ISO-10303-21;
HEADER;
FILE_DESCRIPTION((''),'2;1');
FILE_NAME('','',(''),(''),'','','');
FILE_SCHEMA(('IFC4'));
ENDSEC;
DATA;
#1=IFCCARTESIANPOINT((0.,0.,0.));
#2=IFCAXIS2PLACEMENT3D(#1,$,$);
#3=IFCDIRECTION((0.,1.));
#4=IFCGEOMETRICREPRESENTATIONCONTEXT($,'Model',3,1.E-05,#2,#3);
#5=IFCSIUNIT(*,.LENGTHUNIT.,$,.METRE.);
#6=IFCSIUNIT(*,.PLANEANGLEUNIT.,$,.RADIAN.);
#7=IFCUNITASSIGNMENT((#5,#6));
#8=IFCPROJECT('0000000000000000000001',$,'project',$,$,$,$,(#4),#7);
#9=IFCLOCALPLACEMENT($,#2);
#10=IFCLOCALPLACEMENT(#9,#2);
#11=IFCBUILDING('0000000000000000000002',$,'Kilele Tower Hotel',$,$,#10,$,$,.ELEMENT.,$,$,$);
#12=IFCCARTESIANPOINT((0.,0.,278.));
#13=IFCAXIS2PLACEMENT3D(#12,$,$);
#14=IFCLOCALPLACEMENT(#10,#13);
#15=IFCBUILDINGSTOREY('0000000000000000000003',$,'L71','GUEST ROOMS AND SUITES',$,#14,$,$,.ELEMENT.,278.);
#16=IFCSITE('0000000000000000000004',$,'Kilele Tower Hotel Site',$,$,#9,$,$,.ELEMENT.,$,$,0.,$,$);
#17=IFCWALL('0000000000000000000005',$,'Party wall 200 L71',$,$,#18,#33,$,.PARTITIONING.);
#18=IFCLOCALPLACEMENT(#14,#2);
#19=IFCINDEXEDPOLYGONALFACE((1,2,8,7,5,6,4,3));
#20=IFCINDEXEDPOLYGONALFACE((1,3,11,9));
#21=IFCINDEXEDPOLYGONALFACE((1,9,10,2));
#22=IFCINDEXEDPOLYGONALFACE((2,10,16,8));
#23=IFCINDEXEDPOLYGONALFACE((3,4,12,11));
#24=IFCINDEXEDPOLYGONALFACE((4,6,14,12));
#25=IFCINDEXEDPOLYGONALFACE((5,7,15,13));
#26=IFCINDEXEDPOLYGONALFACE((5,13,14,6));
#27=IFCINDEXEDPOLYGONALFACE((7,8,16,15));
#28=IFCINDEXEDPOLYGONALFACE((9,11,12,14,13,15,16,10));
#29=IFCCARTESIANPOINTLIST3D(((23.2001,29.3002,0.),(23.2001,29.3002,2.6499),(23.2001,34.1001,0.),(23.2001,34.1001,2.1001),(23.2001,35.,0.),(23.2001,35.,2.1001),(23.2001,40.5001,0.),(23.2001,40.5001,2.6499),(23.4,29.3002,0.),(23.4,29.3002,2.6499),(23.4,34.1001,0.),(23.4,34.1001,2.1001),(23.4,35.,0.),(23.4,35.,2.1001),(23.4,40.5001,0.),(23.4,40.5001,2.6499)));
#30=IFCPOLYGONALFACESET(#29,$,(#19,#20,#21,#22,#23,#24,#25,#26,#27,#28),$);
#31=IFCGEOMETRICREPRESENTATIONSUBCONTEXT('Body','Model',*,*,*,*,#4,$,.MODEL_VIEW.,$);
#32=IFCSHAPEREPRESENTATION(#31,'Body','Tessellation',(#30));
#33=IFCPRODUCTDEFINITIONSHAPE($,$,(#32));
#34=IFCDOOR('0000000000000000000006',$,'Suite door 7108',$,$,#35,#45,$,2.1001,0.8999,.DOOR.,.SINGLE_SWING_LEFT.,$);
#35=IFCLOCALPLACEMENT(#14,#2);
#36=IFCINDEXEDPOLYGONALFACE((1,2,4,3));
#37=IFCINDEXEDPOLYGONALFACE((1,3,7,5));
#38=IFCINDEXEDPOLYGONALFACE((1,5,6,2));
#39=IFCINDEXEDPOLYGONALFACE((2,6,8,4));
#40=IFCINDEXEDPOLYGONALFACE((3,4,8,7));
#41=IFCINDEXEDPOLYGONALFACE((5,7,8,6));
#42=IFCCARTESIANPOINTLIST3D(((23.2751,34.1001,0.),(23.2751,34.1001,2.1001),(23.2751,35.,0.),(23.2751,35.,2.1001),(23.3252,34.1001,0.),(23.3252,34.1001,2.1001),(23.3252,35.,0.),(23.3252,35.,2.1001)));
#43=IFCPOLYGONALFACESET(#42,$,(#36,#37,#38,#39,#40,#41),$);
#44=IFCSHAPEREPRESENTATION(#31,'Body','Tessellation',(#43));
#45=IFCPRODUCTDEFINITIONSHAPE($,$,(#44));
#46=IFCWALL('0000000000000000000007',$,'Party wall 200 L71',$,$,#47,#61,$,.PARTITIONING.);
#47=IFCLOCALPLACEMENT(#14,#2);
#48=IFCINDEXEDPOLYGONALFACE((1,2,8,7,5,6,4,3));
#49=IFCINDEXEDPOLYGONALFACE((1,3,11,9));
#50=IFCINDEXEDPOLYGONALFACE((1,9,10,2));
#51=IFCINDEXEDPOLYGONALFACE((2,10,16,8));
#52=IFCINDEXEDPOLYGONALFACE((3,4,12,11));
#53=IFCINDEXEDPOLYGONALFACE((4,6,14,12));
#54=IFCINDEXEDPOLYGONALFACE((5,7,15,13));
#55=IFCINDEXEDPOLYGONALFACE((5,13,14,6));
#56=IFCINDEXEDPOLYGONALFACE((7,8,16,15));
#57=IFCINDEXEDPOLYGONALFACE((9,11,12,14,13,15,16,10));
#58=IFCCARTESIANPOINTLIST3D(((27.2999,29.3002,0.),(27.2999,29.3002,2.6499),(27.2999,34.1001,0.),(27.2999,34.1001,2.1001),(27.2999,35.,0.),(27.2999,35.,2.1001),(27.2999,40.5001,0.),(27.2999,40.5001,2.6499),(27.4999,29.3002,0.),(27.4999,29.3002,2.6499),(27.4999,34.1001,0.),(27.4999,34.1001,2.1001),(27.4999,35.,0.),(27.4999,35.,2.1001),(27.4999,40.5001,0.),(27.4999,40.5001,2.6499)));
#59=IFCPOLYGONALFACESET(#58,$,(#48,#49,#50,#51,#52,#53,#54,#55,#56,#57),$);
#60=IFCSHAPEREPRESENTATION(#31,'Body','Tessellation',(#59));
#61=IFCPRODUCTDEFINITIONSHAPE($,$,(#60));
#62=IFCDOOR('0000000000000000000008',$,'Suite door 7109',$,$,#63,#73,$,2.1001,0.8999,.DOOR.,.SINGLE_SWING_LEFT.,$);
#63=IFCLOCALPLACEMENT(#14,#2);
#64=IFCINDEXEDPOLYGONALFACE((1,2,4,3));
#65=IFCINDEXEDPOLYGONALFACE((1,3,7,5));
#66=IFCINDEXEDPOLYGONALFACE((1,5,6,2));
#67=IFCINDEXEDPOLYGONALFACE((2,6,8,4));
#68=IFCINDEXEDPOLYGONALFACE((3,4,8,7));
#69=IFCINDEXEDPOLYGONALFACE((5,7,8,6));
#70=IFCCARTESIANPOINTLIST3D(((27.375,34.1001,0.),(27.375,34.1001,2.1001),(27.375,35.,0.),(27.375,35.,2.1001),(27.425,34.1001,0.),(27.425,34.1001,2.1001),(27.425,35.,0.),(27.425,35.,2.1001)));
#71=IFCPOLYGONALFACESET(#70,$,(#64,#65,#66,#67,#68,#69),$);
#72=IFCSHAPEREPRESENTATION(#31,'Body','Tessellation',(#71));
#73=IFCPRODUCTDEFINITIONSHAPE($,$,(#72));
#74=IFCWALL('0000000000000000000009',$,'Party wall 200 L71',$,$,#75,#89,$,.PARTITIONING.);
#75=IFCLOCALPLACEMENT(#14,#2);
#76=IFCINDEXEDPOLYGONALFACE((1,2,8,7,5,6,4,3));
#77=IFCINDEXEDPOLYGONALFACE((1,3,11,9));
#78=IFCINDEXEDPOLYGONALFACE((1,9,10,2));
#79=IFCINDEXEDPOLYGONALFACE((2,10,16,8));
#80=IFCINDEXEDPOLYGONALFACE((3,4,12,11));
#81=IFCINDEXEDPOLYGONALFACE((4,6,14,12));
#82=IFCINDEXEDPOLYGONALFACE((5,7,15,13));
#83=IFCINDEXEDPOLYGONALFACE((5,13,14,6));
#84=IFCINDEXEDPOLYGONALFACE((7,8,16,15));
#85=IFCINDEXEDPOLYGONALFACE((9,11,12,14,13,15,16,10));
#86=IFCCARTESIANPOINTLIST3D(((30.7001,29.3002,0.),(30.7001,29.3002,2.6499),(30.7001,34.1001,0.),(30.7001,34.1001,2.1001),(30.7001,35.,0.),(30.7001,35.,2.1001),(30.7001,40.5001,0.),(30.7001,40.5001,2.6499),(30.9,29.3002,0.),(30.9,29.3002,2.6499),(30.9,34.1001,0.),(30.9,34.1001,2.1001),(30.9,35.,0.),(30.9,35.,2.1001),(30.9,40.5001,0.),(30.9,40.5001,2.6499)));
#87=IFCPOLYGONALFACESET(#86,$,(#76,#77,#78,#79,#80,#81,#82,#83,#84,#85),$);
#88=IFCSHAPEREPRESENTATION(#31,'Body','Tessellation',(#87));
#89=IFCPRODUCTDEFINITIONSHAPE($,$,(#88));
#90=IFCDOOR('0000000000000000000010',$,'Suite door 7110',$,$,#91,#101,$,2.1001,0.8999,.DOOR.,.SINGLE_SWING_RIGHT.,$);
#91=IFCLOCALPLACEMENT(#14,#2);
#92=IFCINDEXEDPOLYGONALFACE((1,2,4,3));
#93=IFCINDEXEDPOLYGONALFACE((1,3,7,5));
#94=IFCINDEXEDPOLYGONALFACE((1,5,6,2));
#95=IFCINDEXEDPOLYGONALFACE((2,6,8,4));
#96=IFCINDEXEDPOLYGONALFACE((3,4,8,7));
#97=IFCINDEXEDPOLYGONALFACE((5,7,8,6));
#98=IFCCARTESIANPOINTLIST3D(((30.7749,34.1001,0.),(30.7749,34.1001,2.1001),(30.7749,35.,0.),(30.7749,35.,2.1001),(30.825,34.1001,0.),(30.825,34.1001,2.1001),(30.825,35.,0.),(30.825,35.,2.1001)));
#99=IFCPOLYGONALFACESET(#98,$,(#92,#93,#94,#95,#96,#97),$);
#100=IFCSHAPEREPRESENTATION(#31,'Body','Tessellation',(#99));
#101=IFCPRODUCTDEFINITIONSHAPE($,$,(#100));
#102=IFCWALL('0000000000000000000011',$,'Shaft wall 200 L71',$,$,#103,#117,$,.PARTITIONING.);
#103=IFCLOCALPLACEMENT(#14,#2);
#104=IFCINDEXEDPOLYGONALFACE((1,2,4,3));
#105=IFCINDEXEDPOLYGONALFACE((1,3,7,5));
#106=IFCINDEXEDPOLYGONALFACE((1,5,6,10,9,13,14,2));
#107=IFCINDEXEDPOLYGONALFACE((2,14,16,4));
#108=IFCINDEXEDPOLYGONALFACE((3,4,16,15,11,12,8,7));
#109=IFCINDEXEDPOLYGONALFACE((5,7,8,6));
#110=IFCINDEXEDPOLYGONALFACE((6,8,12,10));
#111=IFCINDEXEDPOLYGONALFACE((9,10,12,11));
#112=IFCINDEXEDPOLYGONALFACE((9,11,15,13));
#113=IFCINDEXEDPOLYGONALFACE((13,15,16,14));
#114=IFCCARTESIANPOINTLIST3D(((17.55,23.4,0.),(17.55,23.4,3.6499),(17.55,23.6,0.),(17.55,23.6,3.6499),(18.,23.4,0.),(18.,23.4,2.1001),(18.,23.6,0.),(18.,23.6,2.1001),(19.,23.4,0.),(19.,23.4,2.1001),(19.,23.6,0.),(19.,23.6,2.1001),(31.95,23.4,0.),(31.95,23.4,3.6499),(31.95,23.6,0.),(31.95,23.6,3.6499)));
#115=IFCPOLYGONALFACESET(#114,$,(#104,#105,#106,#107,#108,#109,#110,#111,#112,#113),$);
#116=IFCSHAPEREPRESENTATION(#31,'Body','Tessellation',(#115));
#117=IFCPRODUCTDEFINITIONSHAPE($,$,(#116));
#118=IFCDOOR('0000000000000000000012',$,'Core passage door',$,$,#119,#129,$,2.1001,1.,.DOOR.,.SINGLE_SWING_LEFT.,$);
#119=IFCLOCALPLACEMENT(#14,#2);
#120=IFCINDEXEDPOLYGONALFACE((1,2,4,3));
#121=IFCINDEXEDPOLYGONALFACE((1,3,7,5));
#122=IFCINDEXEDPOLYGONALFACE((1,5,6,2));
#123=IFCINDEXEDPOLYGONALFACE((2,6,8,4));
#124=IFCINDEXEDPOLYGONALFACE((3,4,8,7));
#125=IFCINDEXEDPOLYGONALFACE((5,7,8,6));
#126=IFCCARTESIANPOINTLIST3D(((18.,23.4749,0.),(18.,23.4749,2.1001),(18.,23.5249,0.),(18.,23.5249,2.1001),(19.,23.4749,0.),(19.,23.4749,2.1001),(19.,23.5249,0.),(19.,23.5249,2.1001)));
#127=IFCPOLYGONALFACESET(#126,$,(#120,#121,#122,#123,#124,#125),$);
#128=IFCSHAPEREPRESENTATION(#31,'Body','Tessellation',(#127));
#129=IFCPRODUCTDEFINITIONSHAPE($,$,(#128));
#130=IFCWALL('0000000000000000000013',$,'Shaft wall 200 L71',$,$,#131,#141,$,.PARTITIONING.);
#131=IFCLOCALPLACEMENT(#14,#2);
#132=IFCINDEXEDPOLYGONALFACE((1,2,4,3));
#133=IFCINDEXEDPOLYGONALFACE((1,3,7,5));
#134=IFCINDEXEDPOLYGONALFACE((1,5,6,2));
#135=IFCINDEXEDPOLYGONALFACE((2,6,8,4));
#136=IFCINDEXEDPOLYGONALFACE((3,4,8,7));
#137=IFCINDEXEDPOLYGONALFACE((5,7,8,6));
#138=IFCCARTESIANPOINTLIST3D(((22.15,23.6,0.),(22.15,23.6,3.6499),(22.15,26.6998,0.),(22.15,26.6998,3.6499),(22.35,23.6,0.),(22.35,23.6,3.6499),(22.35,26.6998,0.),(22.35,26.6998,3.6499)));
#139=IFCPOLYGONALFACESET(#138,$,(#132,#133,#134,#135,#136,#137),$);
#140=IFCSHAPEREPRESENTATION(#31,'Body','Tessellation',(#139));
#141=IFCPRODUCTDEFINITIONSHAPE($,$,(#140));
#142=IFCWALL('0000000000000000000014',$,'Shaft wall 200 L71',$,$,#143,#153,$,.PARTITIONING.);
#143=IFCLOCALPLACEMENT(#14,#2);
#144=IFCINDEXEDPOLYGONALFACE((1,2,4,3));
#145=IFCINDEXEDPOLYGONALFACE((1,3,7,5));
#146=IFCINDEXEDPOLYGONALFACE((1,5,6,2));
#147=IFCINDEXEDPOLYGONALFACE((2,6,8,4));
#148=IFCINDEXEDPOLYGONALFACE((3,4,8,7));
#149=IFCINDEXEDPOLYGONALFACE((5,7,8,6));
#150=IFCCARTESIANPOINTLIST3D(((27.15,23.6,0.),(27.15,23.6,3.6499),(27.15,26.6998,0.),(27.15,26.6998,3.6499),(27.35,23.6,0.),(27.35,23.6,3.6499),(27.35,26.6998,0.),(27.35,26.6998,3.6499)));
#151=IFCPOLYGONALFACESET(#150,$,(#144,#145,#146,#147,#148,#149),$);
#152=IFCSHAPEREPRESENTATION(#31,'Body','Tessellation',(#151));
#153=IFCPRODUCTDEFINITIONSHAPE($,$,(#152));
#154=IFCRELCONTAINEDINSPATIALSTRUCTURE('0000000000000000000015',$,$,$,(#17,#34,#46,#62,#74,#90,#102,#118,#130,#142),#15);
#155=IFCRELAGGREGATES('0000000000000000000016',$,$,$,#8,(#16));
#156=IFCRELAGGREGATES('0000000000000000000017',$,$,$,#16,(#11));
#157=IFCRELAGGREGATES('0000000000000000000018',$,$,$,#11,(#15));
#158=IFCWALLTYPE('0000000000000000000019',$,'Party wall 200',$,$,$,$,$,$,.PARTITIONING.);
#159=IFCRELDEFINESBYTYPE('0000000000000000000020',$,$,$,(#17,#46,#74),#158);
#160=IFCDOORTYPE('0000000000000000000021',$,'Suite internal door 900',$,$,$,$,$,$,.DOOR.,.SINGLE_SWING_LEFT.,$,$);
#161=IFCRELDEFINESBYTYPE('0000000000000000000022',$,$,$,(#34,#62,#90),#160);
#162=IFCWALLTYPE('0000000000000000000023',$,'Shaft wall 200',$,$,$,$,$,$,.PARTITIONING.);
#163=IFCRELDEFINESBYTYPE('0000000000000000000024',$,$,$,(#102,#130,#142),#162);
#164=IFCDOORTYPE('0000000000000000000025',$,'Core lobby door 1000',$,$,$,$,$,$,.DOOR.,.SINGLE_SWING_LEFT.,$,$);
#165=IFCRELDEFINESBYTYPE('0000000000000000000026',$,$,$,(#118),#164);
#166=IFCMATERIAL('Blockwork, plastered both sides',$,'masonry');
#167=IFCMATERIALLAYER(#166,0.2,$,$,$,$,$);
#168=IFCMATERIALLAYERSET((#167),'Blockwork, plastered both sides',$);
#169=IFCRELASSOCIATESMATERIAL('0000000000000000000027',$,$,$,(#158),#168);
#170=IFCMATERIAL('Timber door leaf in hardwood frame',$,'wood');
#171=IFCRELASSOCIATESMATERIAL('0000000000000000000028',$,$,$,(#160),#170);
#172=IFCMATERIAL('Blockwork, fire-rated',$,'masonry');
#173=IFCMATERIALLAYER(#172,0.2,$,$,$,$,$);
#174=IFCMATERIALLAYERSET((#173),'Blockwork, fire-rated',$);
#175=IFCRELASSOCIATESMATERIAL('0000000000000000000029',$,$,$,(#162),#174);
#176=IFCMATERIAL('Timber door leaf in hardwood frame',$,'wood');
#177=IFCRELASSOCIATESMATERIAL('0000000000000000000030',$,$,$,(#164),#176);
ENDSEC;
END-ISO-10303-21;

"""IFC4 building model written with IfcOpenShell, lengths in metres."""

from ifc_helpers import new_model, si_unit, direction, frame, frame_2d, origin, place, context, subcontext, project, spatial, rectangle, extrude, material, layer, layer_set, type_object, element, fill, save


model = new_model("IFC4")

# Units and contexts
model_context = context("Model", 3, precision=1e-05, world=origin(), true_north=direction((0.0, 1.0)))
body_context = subcontext(model_context, "Body", "Model", "MODEL_VIEW")
ifc_project = project(units=[si_unit("LENGTHUNIT", "METRE"), si_unit("PLANEANGLEUNIT", "RADIAN")], contexts=[model_context])

# Site, building, storey
site_placement = place(None, origin())
site = spatial("IfcSite", under=ifc_project, at=site_placement, Name="Kilele Tower Hotel Site", CompositionType="ELEMENT", RefElevation=0.0)
building_placement = place(site_placement, origin())
building = spatial("IfcBuilding", under=site, at=building_placement, Name="Kilele Tower Hotel", CompositionType="ELEMENT")
storey_placement = place(building_placement, frame((0.0, 0.0, 278.0)))
storey = spatial("IfcBuildingStorey", under=building, at=storey_placement, Name="L71", Description="GUEST ROOMS AND SUITES", CompositionType="ELEMENT", Elevation=278.0)

# Walls, openings, doors
ifc_material_1 = material(Name="Blockwork, plastered both sides", Category="masonry")
ifc_layer_1 = layer(ifc_material_1, 0.2)
ifc_layer_set_1 = layer_set([ifc_layer_1], Name="Blockwork, plastered both sides")
wall_type_1 = type_object("IfcWallType", Name="Party wall 200", PredefinedType="PARTITIONING", material=ifc_layer_set_1)
wall_1_placement = place(storey_placement, frame((23.3, 29.3, 0.0), z_axis=(0.0, 0.0, 1.0), x_axis=(0.0, 1.0, 0.0)))
wall_1 = element("IfcWall", 1, at=wall_1_placement, inside=storey, type_object=wall_type_1, Name="Party wall 200 L71", PredefinedType="PARTITIONING", context=body_context, shape_type="SweptSolid", body=[
    extrude(rectangle(XDim=11.2, YDim=0.2, at=frame_2d((5.6001, 0.0))), origin(), (0.0, 0.0, 1.0), 2.6499),
])
opening_1_placement = place(wall_1_placement, frame((4.8, 0.0, 0.0)))
opening_1 = element("IfcOpeningElement", 2, at=opening_1_placement, cuts=wall_1, PredefinedType="OPENING", context=body_context, shape_type="SweptSolid", body=[
    extrude(rectangle(XDim=0.8999, YDim=2.1001, at=frame_2d((0.45, 1.05))), frame((0.0, 0.1099, 0.0), z_axis=(0.0, -1.0, 0.0), x_axis=(1.0, 0.0, 0.0)), (0.0, 0.0, 1.0), 0.22),
])
ifc_material_2 = material(Name="Timber door leaf in hardwood frame", Category="wood")
door_type_1 = type_object("IfcDoorType", Name="Suite internal door 900", OperationType="SINGLE_SWING_LEFT", PredefinedType="DOOR", material=ifc_material_2)
door_1_placement = place(opening_1_placement, origin())
door_1 = element("IfcDoor", 3, at=door_1_placement, inside=storey, type_object=door_type_1, Name="Suite door 7108", OperationType="SINGLE_SWING_LEFT", OverallHeight=2.1001, OverallWidth=0.8999, PredefinedType="DOOR", context=body_context, shape_type="SweptSolid", body=[
    extrude(rectangle(XDim=0.8999, YDim=2.1001, at=frame_2d((0.45, 1.05))), frame((0.0, 0.0249, 0.0), z_axis=(0.0, -1.0, 0.0), x_axis=(1.0, 0.0, 0.0)), (0.0, 0.0, 1.0), 0.05),
])
fill(opening_1, door_1)
wall_2_placement = place(storey_placement, frame((27.3999, 29.3, 0.0), z_axis=(0.0, 0.0, 1.0), x_axis=(0.0, 1.0, 0.0)))
wall_2 = element("IfcWall", 4, at=wall_2_placement, inside=storey, type_object=wall_type_1, Name="Party wall 200 L71", PredefinedType="PARTITIONING", context=body_context, shape_type="SweptSolid", body=[
    extrude(rectangle(XDim=11.2, YDim=0.2, at=frame_2d((5.6001, 0.0))), origin(), (0.0, 0.0, 1.0), 2.6499),
])
opening_2_placement = place(wall_2_placement, frame((4.8, 0.0, 0.0)))
opening_2 = element("IfcOpeningElement", 5, at=opening_2_placement, cuts=wall_2, PredefinedType="OPENING", context=body_context, shape_type="SweptSolid", body=[
    extrude(rectangle(XDim=0.8999, YDim=2.1001, at=frame_2d((0.45, 1.05))), frame((0.0, 0.1099, 0.0), z_axis=(0.0, -1.0, 0.0), x_axis=(1.0, 0.0, 0.0)), (0.0, 0.0, 1.0), 0.22),
])
door_2_placement = place(opening_2_placement, origin())
door_2 = element("IfcDoor", 6, at=door_2_placement, inside=storey, type_object=door_type_1, Name="Suite door 7109", OperationType="SINGLE_SWING_LEFT", OverallHeight=2.1001, OverallWidth=0.8999, PredefinedType="DOOR", context=body_context, shape_type="SweptSolid", body=[
    extrude(rectangle(XDim=0.8999, YDim=2.1001, at=frame_2d((0.45, 1.05))), frame((0.0, 0.0249, 0.0), z_axis=(0.0, -1.0, 0.0), x_axis=(1.0, 0.0, 0.0)), (0.0, 0.0, 1.0), 0.05),
])
fill(opening_2, door_2)
wall_3_placement = place(storey_placement, frame((30.8, 29.3, 0.0), z_axis=(0.0, 0.0, 1.0), x_axis=(0.0, 1.0, 0.0)))
wall_3 = element("IfcWall", 7, at=wall_3_placement, inside=storey, type_object=wall_type_1, Name="Party wall 200 L71", PredefinedType="PARTITIONING", context=body_context, shape_type="SweptSolid", body=[
    extrude(rectangle(XDim=11.2, YDim=0.2, at=frame_2d((5.6001, 0.0))), origin(), (0.0, 0.0, 1.0), 2.6499),
])
opening_3_placement = place(wall_3_placement, frame((5.7, 0.0, 0.0), z_axis=(0.0, 0.0, 1.0), x_axis=(-1.0, 0.0, 0.0)))
opening_3 = element("IfcOpeningElement", 8, at=opening_3_placement, cuts=wall_3, PredefinedType="OPENING", context=body_context, shape_type="SweptSolid", body=[
    extrude(rectangle(XDim=0.8999, YDim=2.1001, at=frame_2d((0.45, 1.05))), frame((0.0, 0.1099, 0.0), z_axis=(0.0, -1.0, 0.0), x_axis=(1.0, 0.0, 0.0)), (0.0, 0.0, 1.0), 0.22),
])
door_3_placement = place(opening_3_placement, origin())
door_3 = element("IfcDoor", 9, at=door_3_placement, inside=storey, type_object=door_type_1, Name="Suite door 7110", OperationType="SINGLE_SWING_RIGHT", OverallHeight=2.1001, OverallWidth=0.8999, PredefinedType="DOOR", context=body_context, shape_type="SweptSolid", body=[
    extrude(rectangle(XDim=0.8999, YDim=2.1001, at=frame_2d((0.45, 1.05))), frame((0.0, 0.0249, 0.0), z_axis=(0.0, -1.0, 0.0), x_axis=(1.0, 0.0, 0.0)), (0.0, 0.0, 1.0), 0.05),
])
fill(opening_3, door_3)
ifc_material_3 = material(Name="Blockwork, fire-rated", Category="masonry")
ifc_layer_2 = layer(ifc_material_3, 0.2)
ifc_layer_set_2 = layer_set([ifc_layer_2], Name="Blockwork, fire-rated")
wall_type_2 = type_object("IfcWallType", Name="Shaft wall 200", PredefinedType="PARTITIONING", material=ifc_layer_set_2)
wall_4_placement = place(storey_placement, frame((17.55, 23.5, 0.0), z_axis=(0.0, 0.0, 1.0), x_axis=(1.0, 0.0, 0.0)))
wall_4 = element("IfcWall", 10, at=wall_4_placement, inside=storey, type_object=wall_type_2, Name="Shaft wall 200 L71", PredefinedType="PARTITIONING", context=body_context, shape_type="SweptSolid", body=[
    extrude(rectangle(XDim=14.3999, YDim=0.2, at=frame_2d((7.2, 0.0))), origin(), (0.0, 0.0, 1.0), 3.6499),
])
opening_4_placement = place(wall_4_placement, frame((0.45, 0.0, 0.0)))
opening_4 = element("IfcOpeningElement", 11, at=opening_4_placement, cuts=wall_4, PredefinedType="OPENING", context=body_context, shape_type="SweptSolid", body=[
    extrude(rectangle(XDim=1.0, YDim=2.1001, at=frame_2d((0.5, 1.05))), frame((0.0, 0.1099, 0.0), z_axis=(0.0, -1.0, 0.0), x_axis=(1.0, 0.0, 0.0)), (0.0, 0.0, 1.0), 0.22),
])
ifc_material_4 = material(Name="Timber door leaf in hardwood frame", Category="wood")
door_type_2 = type_object("IfcDoorType", Name="Core lobby door 1000", OperationType="SINGLE_SWING_LEFT", PredefinedType="DOOR", material=ifc_material_4)
door_4_placement = place(opening_4_placement, origin())
door_4 = element("IfcDoor", 12, at=door_4_placement, inside=storey, type_object=door_type_2, Name="Core passage door", OperationType="SINGLE_SWING_LEFT", OverallHeight=2.1001, OverallWidth=1.0, PredefinedType="DOOR", context=body_context, shape_type="SweptSolid", body=[
    extrude(rectangle(XDim=1.0, YDim=2.1001, at=frame_2d((0.5, 1.05))), frame((0.0, 0.0249, 0.0), z_axis=(0.0, -1.0, 0.0), x_axis=(1.0, 0.0, 0.0)), (0.0, 0.0, 1.0), 0.05),
])
fill(opening_4, door_4)

# Walls
for number, where, z_axis, x_axis, name in (
    (13, (22.25, 23.6001, 0.0), (0.0, 0.0, 1.0), (0.0, 1.0, 0.0), "Shaft wall 200 L71"),
    (14, (27.25, 23.6001, 0.0), (0.0, 0.0, 1.0), (0.0, 1.0, 0.0), "Shaft wall 200 L71"),
):
    element("IfcWall", number, at=place(storey_placement, frame(where, z_axis=z_axis, x_axis=x_axis)), inside=storey, type_object=wall_type_2, Name=name, PredefinedType="PARTITIONING", context=body_context, shape_type="SweptSolid", body=[
        extrude(rectangle(XDim=3.0999, YDim=0.2, at=frame_2d((1.5498, 0.0))), origin(), (0.0, 0.0, 1.0), 3.6499),
    ])

save(model, "model.ifc")
